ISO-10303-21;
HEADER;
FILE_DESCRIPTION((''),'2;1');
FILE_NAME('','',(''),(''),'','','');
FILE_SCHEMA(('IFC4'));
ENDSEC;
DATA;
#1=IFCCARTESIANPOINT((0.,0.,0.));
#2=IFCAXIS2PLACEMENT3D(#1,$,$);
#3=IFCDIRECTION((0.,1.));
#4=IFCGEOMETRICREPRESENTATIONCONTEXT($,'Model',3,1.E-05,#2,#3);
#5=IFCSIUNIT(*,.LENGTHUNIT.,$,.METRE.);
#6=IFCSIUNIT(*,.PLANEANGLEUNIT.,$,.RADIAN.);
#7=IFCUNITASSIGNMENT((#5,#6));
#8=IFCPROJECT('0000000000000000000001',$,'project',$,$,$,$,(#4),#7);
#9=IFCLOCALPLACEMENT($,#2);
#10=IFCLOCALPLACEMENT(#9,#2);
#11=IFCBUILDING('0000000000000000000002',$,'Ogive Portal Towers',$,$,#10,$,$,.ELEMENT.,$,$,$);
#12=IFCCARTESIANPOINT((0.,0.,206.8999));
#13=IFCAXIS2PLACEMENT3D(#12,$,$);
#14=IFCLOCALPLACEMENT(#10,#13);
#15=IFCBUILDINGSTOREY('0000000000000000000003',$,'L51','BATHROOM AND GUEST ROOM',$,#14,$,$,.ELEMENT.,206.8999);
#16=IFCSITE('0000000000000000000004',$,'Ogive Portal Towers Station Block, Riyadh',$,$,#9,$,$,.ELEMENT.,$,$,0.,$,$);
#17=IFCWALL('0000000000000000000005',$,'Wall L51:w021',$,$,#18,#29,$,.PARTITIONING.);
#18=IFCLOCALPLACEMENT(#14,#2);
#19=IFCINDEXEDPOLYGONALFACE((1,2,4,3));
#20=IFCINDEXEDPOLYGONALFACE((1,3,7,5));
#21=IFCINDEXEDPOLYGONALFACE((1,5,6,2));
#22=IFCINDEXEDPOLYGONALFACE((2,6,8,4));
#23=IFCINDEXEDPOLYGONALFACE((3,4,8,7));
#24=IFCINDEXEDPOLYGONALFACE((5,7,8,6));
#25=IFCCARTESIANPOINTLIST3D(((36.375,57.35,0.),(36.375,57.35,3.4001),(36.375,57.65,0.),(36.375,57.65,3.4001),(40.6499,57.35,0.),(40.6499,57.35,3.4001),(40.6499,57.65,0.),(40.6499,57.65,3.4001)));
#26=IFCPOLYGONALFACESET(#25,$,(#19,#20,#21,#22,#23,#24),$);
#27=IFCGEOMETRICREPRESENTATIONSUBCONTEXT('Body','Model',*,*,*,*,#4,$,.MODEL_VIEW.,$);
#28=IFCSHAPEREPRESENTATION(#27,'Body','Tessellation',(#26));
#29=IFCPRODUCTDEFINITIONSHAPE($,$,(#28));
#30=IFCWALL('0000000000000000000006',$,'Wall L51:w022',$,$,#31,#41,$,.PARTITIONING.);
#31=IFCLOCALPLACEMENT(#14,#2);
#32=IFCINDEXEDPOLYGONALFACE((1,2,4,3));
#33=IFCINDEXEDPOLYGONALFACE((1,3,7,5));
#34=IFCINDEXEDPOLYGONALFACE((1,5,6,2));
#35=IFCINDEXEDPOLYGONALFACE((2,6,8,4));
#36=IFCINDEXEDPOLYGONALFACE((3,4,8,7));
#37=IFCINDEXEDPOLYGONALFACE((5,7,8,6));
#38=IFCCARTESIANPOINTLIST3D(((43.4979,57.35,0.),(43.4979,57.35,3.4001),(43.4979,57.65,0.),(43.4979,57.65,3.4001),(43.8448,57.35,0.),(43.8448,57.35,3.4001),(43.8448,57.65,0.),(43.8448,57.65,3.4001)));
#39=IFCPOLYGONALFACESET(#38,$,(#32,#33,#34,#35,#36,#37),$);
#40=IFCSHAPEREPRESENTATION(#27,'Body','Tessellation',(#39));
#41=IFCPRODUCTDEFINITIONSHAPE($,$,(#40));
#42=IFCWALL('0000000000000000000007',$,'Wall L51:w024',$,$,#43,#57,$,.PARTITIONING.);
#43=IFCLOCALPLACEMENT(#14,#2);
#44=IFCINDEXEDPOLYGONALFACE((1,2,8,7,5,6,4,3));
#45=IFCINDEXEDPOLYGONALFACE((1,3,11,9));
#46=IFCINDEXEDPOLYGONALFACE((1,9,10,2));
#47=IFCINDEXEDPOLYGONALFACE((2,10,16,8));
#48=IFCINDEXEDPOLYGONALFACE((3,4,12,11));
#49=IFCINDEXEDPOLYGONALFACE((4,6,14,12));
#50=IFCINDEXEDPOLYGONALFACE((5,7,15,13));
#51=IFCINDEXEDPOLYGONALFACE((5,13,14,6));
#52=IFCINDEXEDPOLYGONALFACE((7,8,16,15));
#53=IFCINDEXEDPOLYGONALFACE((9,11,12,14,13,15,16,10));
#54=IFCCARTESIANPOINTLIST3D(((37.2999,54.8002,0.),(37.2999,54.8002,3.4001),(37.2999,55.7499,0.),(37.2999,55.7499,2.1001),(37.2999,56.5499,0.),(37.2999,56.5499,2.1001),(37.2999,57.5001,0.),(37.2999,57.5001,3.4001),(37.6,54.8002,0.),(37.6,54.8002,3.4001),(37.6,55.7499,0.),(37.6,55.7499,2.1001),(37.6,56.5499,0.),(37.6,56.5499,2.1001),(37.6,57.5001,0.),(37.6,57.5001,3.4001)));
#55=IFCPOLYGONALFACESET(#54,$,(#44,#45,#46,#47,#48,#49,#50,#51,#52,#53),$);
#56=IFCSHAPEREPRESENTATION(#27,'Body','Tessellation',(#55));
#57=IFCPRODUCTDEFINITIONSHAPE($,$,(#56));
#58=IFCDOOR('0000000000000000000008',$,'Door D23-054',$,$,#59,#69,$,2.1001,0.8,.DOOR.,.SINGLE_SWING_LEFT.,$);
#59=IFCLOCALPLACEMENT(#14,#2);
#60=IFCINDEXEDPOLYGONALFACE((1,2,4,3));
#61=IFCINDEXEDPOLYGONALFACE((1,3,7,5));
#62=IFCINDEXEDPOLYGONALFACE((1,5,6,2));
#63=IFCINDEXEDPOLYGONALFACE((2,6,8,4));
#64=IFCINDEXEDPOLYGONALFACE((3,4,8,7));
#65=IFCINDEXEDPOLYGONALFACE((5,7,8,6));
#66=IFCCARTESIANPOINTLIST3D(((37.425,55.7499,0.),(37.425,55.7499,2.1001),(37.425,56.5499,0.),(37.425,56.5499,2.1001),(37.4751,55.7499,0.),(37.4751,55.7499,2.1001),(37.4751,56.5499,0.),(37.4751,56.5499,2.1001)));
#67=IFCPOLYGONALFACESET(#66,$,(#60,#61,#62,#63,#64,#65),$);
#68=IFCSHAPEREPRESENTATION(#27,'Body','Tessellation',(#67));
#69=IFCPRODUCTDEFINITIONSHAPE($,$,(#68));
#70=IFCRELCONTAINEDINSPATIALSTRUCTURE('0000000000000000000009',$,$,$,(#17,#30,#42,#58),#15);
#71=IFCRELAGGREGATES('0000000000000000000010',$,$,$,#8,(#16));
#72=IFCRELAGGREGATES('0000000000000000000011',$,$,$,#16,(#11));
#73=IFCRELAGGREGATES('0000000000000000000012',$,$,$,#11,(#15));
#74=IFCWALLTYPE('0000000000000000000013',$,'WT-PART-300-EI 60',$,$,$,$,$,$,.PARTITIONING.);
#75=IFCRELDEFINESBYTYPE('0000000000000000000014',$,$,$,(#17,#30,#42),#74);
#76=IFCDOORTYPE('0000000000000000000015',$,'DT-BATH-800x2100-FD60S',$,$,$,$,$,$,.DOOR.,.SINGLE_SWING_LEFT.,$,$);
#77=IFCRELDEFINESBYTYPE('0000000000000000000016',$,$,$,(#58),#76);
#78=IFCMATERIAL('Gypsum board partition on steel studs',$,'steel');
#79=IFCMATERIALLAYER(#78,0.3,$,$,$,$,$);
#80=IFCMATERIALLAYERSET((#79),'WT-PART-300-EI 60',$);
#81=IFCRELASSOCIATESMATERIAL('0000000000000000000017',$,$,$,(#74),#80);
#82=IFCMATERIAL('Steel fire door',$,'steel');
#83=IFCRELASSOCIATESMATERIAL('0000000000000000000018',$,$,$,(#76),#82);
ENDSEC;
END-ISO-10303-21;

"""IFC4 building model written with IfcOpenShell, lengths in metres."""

from ifc_helpers import new_model, si_unit, direction, frame, frame_2d, origin, place, context, subcontext, project, spatial, rectangle, extrude, material, layer, layer_set, type_object, element, fill, save


model = new_model("IFC4")

# Units and contexts
model_context = context("Model", 3, precision=1e-05, world=origin(), true_north=direction((0.0, 1.0)))
body_context = subcontext(model_context, "Body", "Model", "MODEL_VIEW")
ifc_project = project(units=[si_unit("LENGTHUNIT", "METRE"), si_unit("PLANEANGLEUNIT", "RADIAN")], contexts=[model_context])

# Site, building, storey
site_placement = place(None, origin())
site = spatial("IfcSite", under=ifc_project, at=site_placement, Name="Ogive Portal Towers Station Block, Riyadh", CompositionType="ELEMENT", RefElevation=0.0)
building_placement = place(site_placement, origin())
building = spatial("IfcBuilding", under=site, at=building_placement, Name="Ogive Portal Towers", CompositionType="ELEMENT")
storey_placement = place(building_placement, frame((0.0, 0.0, 206.8999)))
storey = spatial("IfcBuildingStorey", under=building, at=storey_placement, Name="L51", Description="BATHROOM AND GUEST ROOM", CompositionType="ELEMENT", Elevation=206.8999)

# Walls
ifc_material_1 = material(Name="Gypsum board partition on steel studs", Category="steel")
ifc_layer_1 = layer(ifc_material_1, 0.3)
ifc_layer_set_1 = layer_set([ifc_layer_1], Name="WT-PART-300-EI 60")
wall_type = type_object("IfcWallType", Name="WT-PART-300-EI 60", PredefinedType="PARTITIONING", material=ifc_layer_set_1)
wall_1_placement = place(storey_placement, frame((36.375, 57.5, 0.0), z_axis=(0.0, 0.0, 1.0), x_axis=(1.0, 0.0, 0.0)))
element("IfcWall", 1, at=wall_1_placement, inside=storey, type_object=wall_type, Name="Wall L51:w021", PredefinedType="PARTITIONING", context=body_context, shape_type="SweptSolid", body=[
    extrude(rectangle(XDim=4.2749, YDim=0.3, at=frame_2d((2.1375, 0.0))), origin(), (0.0, 0.0, 1.0), 3.4001),
])
wall_2_placement = place(storey_placement, frame((43.498, 57.5, 0.0), z_axis=(0.0, 0.0, 1.0), x_axis=(1.0, 0.0, 0.0)))
element("IfcWall", 2, at=wall_2_placement, inside=storey, type_object=wall_type, Name="Wall L51:w022", PredefinedType="PARTITIONING", context=body_context, shape_type="SweptSolid", body=[
    extrude(rectangle(XDim=0.3469, YDim=0.3, at=frame_2d((0.1733, 0.0))), origin(), (0.0, 0.0, 1.0), 3.4001),
])

# Wall, opening, door
wall_3_placement = place(storey_placement, frame((37.45, 54.8, 0.0), z_axis=(0.0, 0.0, 1.0), x_axis=(0.0, 1.0, 0.0)))
wall_3 = element("IfcWall", 3, at=wall_3_placement, inside=storey, type_object=wall_type, Name="Wall L51:w024", PredefinedType="PARTITIONING", context=body_context, shape_type="SweptSolid", body=[
    extrude(rectangle(XDim=2.7, YDim=0.3, at=frame_2d((1.3501, 0.0))), origin(), (0.0, 0.0, 1.0), 3.4001),
])
opening_placement = place(wall_3_placement, frame((0.95, 0.0, 0.0)))
opening = element("IfcOpeningElement", 4, at=opening_placement, cuts=wall_3, PredefinedType="OPENING", context=body_context, shape_type="SweptSolid", body=[
    extrude(rectangle(XDim=0.8, YDim=2.1001, at=frame_2d((0.3999, 1.05))), frame((0.0, 0.1602, 0.0), z_axis=(0.0, -1.0, 0.0), x_axis=(1.0, 0.0, 0.0)), (0.0, 0.0, 1.0), 0.3201),
])
ifc_material_2 = material(Name="Steel fire door", Category="steel")
door_type = type_object("IfcDoorType", Name="DT-BATH-800x2100-FD60S", OperationType="SINGLE_SWING_LEFT", PredefinedType="DOOR", material=ifc_material_2)
door_placement = place(opening_placement, origin())
door = element("IfcDoor", 5, at=door_placement, inside=storey, type_object=door_type, Name="Door D23-054", OperationType="SINGLE_SWING_LEFT", OverallHeight=2.1001, OverallWidth=0.8, PredefinedType="DOOR", context=body_context, shape_type="SweptSolid", body=[
    extrude(rectangle(XDim=0.8, YDim=2.1001, at=frame_2d((0.3999, 1.05))), frame((0.0, 0.0249, 0.0), z_axis=(0.0, -1.0, 0.0), x_axis=(1.0, 0.0, 0.0)), (0.0, 0.0, 1.0), 0.05),
])
fill(opening, door)

save(model, "model.ifc")
